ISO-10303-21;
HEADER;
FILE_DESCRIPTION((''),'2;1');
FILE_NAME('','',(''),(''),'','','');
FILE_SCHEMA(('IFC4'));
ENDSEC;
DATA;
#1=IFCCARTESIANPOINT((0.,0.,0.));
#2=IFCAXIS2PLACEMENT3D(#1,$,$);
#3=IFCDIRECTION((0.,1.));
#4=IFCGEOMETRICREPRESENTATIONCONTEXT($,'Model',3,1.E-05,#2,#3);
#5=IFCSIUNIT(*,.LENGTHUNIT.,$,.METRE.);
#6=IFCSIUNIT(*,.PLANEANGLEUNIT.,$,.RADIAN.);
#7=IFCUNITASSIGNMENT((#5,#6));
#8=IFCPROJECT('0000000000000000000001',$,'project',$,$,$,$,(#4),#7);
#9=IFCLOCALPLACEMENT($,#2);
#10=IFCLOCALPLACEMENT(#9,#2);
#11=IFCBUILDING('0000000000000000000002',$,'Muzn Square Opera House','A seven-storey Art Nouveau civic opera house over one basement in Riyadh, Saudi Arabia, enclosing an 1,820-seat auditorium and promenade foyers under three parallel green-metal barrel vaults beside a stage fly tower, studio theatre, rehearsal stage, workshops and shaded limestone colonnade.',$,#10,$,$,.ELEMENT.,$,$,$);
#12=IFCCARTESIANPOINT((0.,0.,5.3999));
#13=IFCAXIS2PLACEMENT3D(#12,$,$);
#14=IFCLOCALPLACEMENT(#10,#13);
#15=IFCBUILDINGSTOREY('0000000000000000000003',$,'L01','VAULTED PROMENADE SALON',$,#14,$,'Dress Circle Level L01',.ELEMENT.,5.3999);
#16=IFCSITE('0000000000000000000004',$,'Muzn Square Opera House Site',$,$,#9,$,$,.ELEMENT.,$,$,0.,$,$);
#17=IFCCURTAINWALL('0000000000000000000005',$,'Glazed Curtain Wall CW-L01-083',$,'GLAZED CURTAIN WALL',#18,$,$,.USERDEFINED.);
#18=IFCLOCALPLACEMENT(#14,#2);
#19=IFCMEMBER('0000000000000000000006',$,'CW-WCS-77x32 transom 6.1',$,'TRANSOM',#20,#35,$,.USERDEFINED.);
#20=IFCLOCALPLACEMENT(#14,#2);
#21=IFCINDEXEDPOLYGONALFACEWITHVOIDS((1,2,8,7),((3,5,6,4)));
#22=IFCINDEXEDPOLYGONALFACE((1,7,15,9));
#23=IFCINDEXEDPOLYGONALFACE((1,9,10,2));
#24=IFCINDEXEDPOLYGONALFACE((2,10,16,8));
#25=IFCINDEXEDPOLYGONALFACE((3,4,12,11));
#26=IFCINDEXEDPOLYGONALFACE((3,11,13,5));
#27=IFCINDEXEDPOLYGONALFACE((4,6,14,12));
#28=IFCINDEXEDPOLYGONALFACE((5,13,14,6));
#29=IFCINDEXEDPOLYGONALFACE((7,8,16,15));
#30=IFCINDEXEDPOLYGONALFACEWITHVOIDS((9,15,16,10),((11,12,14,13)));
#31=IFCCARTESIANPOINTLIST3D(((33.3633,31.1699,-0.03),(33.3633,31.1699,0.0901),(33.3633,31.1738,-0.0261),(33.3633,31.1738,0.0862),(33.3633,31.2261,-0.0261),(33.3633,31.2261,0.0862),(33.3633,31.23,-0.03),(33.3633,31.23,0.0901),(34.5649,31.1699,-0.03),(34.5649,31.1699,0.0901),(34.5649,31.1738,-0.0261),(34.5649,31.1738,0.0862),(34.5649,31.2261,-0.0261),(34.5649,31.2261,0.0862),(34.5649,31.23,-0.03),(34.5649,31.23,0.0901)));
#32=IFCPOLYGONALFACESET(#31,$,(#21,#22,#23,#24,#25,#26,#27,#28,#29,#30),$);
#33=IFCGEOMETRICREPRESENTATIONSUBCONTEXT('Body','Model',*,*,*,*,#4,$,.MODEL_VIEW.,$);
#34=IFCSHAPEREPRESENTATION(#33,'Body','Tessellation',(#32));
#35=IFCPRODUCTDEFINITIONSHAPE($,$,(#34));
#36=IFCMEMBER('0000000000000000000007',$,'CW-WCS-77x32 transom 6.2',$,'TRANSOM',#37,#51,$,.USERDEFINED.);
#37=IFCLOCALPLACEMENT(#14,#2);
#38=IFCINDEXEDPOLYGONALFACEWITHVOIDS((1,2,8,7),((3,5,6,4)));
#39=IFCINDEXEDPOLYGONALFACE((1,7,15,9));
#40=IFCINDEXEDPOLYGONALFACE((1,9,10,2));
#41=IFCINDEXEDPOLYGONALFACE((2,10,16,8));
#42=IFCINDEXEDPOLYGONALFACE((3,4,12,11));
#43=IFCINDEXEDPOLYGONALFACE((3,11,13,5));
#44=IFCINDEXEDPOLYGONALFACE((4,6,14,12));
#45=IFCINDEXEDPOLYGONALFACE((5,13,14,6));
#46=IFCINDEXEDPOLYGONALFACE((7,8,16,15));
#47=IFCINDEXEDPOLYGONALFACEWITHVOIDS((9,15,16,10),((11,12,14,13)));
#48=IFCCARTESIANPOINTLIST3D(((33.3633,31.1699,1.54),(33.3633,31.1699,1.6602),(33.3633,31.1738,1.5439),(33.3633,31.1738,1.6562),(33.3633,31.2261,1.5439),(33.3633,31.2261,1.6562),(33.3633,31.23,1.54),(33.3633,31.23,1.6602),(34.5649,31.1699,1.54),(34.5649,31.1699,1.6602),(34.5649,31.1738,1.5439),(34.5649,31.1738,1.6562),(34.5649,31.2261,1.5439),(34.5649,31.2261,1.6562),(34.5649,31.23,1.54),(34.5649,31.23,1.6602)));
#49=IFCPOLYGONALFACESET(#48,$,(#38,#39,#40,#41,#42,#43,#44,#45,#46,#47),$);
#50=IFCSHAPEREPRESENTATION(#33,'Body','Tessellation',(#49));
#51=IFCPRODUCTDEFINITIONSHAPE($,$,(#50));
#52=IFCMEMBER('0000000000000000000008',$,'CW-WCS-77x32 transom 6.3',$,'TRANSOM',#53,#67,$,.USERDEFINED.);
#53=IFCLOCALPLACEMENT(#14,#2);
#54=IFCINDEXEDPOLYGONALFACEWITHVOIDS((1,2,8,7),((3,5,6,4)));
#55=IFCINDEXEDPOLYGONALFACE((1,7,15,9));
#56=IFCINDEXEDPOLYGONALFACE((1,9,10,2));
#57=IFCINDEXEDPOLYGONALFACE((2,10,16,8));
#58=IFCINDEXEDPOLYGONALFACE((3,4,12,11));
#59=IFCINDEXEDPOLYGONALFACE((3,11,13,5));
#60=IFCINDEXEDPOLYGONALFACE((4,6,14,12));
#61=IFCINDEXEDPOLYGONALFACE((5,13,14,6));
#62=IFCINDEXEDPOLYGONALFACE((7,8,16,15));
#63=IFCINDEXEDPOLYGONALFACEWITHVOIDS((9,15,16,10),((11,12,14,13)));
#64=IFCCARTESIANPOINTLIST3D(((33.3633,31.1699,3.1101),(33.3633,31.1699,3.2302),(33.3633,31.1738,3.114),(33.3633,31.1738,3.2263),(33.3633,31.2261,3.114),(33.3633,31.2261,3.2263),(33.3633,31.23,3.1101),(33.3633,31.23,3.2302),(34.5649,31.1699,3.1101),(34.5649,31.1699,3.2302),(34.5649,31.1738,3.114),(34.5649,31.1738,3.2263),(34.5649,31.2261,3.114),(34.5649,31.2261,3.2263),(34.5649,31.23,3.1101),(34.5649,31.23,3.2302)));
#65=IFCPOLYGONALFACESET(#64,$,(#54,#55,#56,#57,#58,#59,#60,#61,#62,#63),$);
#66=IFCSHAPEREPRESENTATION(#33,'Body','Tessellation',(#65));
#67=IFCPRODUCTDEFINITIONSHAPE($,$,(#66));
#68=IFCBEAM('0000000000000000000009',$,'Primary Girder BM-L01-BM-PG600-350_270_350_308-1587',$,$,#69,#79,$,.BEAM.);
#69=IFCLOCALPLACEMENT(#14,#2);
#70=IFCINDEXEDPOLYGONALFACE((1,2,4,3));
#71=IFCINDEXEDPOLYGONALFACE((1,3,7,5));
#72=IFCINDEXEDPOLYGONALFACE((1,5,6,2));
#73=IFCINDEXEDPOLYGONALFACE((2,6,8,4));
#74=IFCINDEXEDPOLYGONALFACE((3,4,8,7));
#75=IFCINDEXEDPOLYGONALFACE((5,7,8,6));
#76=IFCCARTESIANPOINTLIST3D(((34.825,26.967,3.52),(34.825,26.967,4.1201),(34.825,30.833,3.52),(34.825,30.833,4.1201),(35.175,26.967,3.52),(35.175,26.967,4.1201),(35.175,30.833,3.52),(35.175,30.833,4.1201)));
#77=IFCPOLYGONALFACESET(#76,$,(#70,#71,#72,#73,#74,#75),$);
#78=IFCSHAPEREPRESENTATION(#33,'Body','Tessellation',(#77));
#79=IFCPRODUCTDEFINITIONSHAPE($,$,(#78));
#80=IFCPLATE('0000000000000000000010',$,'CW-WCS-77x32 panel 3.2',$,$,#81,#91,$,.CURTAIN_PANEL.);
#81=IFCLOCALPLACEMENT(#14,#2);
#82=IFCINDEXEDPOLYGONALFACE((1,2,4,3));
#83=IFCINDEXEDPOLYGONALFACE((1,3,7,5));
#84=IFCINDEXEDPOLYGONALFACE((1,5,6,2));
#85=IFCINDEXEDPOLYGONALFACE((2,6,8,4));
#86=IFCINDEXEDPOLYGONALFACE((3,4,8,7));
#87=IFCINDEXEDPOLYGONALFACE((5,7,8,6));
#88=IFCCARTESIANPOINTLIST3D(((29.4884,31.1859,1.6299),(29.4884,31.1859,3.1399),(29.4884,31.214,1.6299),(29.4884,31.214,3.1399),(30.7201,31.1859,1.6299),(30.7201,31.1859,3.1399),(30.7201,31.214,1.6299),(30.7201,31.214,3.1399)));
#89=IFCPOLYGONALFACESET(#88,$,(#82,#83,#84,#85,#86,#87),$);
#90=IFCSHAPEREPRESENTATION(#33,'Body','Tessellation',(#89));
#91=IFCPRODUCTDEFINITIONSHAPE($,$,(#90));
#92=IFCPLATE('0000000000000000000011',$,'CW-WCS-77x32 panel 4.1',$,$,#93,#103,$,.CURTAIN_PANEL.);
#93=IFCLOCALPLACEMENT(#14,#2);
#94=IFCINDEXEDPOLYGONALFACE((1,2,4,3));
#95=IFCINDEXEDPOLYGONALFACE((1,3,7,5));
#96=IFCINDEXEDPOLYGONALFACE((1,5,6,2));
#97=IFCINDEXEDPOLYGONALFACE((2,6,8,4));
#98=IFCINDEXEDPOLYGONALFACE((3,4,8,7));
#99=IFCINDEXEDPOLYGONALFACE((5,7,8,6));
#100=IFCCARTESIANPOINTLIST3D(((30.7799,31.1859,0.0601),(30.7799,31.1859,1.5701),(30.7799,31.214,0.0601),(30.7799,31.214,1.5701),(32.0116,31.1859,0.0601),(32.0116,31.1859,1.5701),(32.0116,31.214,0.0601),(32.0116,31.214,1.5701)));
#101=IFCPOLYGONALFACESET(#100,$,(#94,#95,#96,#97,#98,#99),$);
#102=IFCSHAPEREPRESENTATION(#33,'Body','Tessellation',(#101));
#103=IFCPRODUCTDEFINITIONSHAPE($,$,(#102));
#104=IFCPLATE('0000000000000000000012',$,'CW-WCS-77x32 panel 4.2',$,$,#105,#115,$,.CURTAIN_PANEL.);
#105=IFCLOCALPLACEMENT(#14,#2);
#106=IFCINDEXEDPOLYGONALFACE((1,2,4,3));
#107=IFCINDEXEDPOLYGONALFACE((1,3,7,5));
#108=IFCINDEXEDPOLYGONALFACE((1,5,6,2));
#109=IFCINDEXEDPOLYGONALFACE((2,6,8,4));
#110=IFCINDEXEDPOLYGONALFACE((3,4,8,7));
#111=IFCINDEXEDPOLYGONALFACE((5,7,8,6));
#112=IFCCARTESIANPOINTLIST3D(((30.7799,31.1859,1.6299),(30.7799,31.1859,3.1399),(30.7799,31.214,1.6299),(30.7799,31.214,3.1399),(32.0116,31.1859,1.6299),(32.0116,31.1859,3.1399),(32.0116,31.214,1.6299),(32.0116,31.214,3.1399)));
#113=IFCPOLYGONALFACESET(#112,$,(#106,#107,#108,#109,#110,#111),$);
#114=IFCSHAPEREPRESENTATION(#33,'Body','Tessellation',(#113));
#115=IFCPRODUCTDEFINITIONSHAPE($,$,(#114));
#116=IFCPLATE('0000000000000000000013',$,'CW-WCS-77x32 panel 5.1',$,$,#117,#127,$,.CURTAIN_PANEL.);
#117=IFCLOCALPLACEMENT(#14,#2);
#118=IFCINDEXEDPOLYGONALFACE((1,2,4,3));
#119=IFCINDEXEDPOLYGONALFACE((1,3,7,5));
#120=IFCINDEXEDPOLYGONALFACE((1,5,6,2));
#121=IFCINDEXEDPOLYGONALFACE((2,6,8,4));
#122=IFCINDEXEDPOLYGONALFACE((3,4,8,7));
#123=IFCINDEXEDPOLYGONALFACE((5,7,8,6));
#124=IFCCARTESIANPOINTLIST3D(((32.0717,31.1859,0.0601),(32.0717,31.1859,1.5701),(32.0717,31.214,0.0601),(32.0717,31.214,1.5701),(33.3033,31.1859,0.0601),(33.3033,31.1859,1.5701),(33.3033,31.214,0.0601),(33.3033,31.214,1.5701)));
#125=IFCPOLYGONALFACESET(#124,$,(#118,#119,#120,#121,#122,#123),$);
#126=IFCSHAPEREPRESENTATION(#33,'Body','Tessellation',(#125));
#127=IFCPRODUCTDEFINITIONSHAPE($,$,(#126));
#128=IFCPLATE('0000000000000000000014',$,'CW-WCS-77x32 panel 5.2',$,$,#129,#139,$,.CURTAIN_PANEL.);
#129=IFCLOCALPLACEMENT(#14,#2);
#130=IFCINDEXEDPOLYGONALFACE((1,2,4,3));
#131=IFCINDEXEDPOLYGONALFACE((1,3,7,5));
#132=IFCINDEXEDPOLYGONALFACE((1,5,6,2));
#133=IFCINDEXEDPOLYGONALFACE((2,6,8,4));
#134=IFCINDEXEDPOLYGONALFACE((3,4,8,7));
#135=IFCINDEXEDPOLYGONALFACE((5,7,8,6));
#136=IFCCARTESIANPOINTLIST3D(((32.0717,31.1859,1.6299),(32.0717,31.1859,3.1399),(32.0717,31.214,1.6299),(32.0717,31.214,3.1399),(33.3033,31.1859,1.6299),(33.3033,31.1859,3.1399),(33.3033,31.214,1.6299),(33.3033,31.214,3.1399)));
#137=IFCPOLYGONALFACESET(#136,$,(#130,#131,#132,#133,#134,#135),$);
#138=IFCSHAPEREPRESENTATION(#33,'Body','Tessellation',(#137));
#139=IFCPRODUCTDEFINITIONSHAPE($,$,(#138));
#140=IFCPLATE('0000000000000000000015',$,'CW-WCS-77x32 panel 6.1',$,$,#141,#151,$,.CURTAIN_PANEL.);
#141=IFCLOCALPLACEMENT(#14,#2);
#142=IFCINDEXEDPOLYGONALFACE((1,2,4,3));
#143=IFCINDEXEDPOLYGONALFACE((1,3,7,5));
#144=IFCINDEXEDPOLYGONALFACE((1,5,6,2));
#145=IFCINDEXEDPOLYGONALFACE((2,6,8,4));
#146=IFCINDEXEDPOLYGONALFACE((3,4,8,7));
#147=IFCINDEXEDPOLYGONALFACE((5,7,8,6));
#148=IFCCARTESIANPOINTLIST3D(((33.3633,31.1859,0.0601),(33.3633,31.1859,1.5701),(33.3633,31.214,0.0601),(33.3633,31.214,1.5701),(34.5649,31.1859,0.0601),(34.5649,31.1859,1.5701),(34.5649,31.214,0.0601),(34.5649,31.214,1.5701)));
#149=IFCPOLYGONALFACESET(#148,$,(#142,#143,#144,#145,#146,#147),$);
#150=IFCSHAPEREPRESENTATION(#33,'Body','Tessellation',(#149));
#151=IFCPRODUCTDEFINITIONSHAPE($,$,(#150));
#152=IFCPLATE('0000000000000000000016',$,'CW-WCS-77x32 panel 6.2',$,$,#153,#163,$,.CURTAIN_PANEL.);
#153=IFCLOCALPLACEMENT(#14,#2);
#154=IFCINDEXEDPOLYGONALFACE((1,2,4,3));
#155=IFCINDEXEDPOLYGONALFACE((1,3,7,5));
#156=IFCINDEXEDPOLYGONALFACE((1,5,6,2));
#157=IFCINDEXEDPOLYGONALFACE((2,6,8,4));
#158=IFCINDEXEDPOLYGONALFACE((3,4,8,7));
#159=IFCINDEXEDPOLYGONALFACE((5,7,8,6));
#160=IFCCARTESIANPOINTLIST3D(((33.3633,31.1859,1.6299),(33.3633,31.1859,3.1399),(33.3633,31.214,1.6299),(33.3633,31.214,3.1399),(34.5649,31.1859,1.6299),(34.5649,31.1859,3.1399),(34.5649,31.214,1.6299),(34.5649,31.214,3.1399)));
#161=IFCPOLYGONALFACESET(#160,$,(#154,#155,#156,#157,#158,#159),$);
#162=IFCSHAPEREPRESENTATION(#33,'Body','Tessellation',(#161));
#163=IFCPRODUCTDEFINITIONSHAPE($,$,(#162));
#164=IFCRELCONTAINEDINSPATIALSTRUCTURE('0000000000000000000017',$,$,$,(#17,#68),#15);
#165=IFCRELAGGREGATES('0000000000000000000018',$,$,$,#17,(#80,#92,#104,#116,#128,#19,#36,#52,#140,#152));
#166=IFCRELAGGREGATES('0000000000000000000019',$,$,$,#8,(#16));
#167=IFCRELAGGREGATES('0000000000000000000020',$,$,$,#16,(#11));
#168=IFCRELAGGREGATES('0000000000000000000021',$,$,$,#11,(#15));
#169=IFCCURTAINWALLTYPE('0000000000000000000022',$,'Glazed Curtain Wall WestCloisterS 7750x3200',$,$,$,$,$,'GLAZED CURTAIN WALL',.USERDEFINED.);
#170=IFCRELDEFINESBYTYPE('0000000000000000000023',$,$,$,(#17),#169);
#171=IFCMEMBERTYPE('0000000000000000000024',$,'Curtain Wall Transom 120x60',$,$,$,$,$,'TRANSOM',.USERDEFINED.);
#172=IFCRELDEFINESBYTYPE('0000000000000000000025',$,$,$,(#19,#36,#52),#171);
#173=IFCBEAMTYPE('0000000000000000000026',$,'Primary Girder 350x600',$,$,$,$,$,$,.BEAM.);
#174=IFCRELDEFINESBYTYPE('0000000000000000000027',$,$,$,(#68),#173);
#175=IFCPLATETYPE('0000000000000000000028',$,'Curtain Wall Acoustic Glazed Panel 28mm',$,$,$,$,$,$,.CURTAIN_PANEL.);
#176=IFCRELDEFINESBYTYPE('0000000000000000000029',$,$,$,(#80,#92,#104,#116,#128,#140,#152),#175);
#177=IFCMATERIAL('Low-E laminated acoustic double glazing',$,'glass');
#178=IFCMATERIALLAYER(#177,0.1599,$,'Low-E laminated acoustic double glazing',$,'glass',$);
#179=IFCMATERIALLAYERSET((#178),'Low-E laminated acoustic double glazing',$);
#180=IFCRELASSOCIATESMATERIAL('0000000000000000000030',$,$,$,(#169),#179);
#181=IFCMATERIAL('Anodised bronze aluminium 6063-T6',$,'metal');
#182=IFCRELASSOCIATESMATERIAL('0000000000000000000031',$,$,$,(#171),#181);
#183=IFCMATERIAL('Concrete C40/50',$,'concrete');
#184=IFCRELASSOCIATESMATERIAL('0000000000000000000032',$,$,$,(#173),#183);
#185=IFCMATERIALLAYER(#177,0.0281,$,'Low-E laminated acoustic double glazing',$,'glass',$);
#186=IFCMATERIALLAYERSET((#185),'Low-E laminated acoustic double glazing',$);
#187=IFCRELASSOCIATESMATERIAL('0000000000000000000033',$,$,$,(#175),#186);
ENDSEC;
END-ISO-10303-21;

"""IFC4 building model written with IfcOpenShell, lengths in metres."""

from ifc_helpers import new_model, si_unit, direction, frame, origin, origin_2d, place, context, subcontext, project, spatial, rectangle, hollow_rectangle, extrude, material, layer, layer_set, material_profile, profile_set, type_object, element, aggregate, save


model = new_model("IFC4")

# Units and contexts
model_context = context("Model", 3, precision=1e-05, world=origin(), true_north=direction((0.0, 1.0)))
body_context = subcontext(model_context, "Body", "Model", "MODEL_VIEW")
ifc_project = project(units=[si_unit("LENGTHUNIT", "METRE"), si_unit("PLANEANGLEUNIT", "RADIAN")], contexts=[model_context])

# Site, building, storey
site_placement = place(None, origin())
site = spatial("IfcSite", under=ifc_project, at=site_placement, Name="Muzn Square Opera House Site", CompositionType="ELEMENT", RefElevation=0.0)
building_placement = place(site_placement, origin())
building = spatial("IfcBuilding", under=site, at=building_placement, Name="Muzn Square Opera House", Description="A seven-storey Art Nouveau civic opera house over one basement in Riyadh, Saudi Arabia, enclosing an 1,820-seat auditorium and promenade foyers under three parallel green-metal barrel vaults beside a stage fly tower, studio theatre, rehearsal stage, workshops and shaded limestone colonnade.", CompositionType="ELEMENT")
storey_placement = place(building_placement, frame((0.0, 0.0, 5.3999)))
storey = spatial("IfcBuildingStorey", under=building, at=storey_placement, Name="L01", Description="VAULTED PROMENADE SALON", LongName="Dress Circle Level L01", CompositionType="ELEMENT", Elevation=5.3999)

# Curtain wall, members
ifc_material_1 = material(Name="Low-E laminated acoustic double glazing", Category="glass")
ifc_layer_1 = layer(ifc_material_1, 0.1599, Name="Low-E laminated acoustic double glazing", Category="glass")
ifc_layer_set_1 = layer_set([ifc_layer_1], Name="Low-E laminated acoustic double glazing")
curtain_wall_type = type_object("IfcCurtainWallType", Name="Glazed Curtain Wall WestCloisterS 7750x3200", ElementType="GLAZED CURTAIN WALL", PredefinedType="USERDEFINED", material=ifc_layer_set_1)
curtain_wall_placement = place(storey_placement, origin())
curtain_wall = element("IfcCurtainWall", 1, at=curtain_wall_placement, inside=storey, type_object=curtain_wall_type, Name="Glazed Curtain Wall CW-L01-083", ObjectType="GLAZED CURTAIN WALL", PredefinedType="USERDEFINED")
ifc_material_2 = material(Name="Anodised bronze aluminium 6063-T6", Category="metal")
ifc_material_profile_1 = material_profile(ifc_material_2, hollow_rectangle(XDim=0.0601, YDim=0.1201, WallThickness=0.0039, at=origin_2d()), Name="ALU 120x60x4", Category="metal")
ifc_profile_set_1 = profile_set([ifc_material_profile_1], Name="Anodised bronze aluminium 6063-T6")
member_type_1 = type_object("IfcMemberType", Name="Curtain Wall Transom 120x60", ElementType="TRANSOM", PredefinedType="USERDEFINED", material=ifc_profile_set_1)
member_1_placement = place(storey_placement, frame((33.3633, 31.2, 0.03), z_axis=(1.0, 0.0, 0.0), x_axis=(0.0, 1.0, 0.0)))
member_1 = element("IfcMember", 2, at=member_1_placement, type_object=member_type_1, Name="CW-WCS-77x32 transom 6.1", ObjectType="TRANSOM", PredefinedType="USERDEFINED", context=body_context, shape_type="SweptSolid", body=[
    extrude(hollow_rectangle(XDim=0.0601, YDim=0.1201, WallThickness=0.0039, at=origin_2d()), origin(), (0.0, 0.0, 1.0), 1.2017),
])
member_2_placement = place(storey_placement, frame((33.3633, 31.2, 1.6001), z_axis=(1.0, 0.0, 0.0), x_axis=(0.0, 1.0, 0.0)))
member_2 = element("IfcMember", 3, at=member_2_placement, type_object=member_type_1, Name="CW-WCS-77x32 transom 6.2", ObjectType="TRANSOM", PredefinedType="USERDEFINED", context=body_context, shape_type="SweptSolid", body=[
    extrude(hollow_rectangle(XDim=0.0601, YDim=0.1201, WallThickness=0.0039, at=origin_2d()), origin(), (0.0, 0.0, 1.0), 1.2017),
])
member_3_placement = place(storey_placement, frame((33.3633, 31.2, 3.1702), z_axis=(1.0, 0.0, 0.0), x_axis=(0.0, 1.0, 0.0)))
member_3 = element("IfcMember", 4, at=member_3_placement, type_object=member_type_1, Name="CW-WCS-77x32 transom 6.3", ObjectType="TRANSOM", PredefinedType="USERDEFINED", context=body_context, shape_type="SweptSolid", body=[
    extrude(hollow_rectangle(XDim=0.0601, YDim=0.1201, WallThickness=0.0039, at=origin_2d()), origin(), (0.0, 0.0, 1.0), 1.2017),
])

# Beam
ifc_material_3 = material(Name="Concrete C40/50", Category="concrete")
ifc_material_profile_2 = material_profile(ifc_material_3, rectangle(XDim=0.3501, YDim=0.6001, at=origin_2d()), Name="RCB 350x600", Category="concrete")
ifc_profile_set_2 = profile_set([ifc_material_profile_2], Name="Concrete C40/50")
beam_type = type_object("IfcBeamType", Name="Primary Girder 350x600", PredefinedType="BEAM", material=ifc_profile_set_2)
beam_placement = place(storey_placement, frame((35.0, 26.967, 3.8201), z_axis=(0.0, 1.0, 0.0), x_axis=(-1.0, 0.0, 0.0)))
element("IfcBeam", 5, at=beam_placement, inside=storey, type_object=beam_type, Name="Primary Girder BM-L01-BM-PG600-350_270_350_308-1587", PredefinedType="BEAM", context=body_context, shape_type="SweptSolid", body=[
    extrude(rectangle(XDim=0.3501, YDim=0.6001, at=origin_2d()), origin(), (0.0, 0.0, 1.0), 3.866),
])

# Plates
ifc_layer_2 = layer(ifc_material_1, 0.0281, Name="Low-E laminated acoustic double glazing", Category="glass")
ifc_layer_set_2 = layer_set([ifc_layer_2], Name="Low-E laminated acoustic double glazing")
plate_type = type_object("IfcPlateType", Name="Curtain Wall Acoustic Glazed Panel 28mm", PredefinedType="CURTAIN_PANEL", material=ifc_layer_set_2)
plate_1_placement = place(storey_placement, frame((30.1042, 31.2, 1.6299), z_axis=(0.0, 0.0, 1.0), x_axis=(1.0, 0.0, 0.0)))
plate_1 = element("IfcPlate", 6, at=plate_1_placement, type_object=plate_type, Name="CW-WCS-77x32 panel 3.2", PredefinedType="CURTAIN_PANEL", context=body_context, shape_type="SweptSolid", body=[
    extrude(rectangle(XDim=1.2317, YDim=0.0281, at=origin_2d()), origin(), (0.0, 0.0, 1.0), 1.51),
])
plate_2_placement = place(storey_placement, frame((31.3958, 31.2, 0.0601), z_axis=(0.0, 0.0, 1.0), x_axis=(1.0, 0.0, 0.0)))
plate_2 = element("IfcPlate", 7, at=plate_2_placement, type_object=plate_type, Name="CW-WCS-77x32 panel 4.1", PredefinedType="CURTAIN_PANEL", context=body_context, shape_type="SweptSolid", body=[
    extrude(rectangle(XDim=1.2317, YDim=0.0281, at=origin_2d()), origin(), (0.0, 0.0, 1.0), 1.51),
])
plate_3_placement = place(storey_placement, frame((31.3958, 31.2, 1.6299), z_axis=(0.0, 0.0, 1.0), x_axis=(1.0, 0.0, 0.0)))
plate_3 = element("IfcPlate", 8, at=plate_3_placement, type_object=plate_type, Name="CW-WCS-77x32 panel 4.2", PredefinedType="CURTAIN_PANEL", context=body_context, shape_type="SweptSolid", body=[
    extrude(rectangle(XDim=1.2317, YDim=0.0281, at=origin_2d()), origin(), (0.0, 0.0, 1.0), 1.51),
])
plate_4_placement = place(storey_placement, frame((32.6875, 31.2, 0.0601), z_axis=(0.0, 0.0, 1.0), x_axis=(1.0, 0.0, 0.0)))
plate_4 = element("IfcPlate", 9, at=plate_4_placement, type_object=plate_type, Name="CW-WCS-77x32 panel 5.1", PredefinedType="CURTAIN_PANEL", context=body_context, shape_type="SweptSolid", body=[
    extrude(rectangle(XDim=1.2317, YDim=0.0281, at=origin_2d()), origin(), (0.0, 0.0, 1.0), 1.51),
])
plate_5_placement = place(storey_placement, frame((32.6875, 31.2, 1.6299), z_axis=(0.0, 0.0, 1.0), x_axis=(1.0, 0.0, 0.0)))
plate_5 = element("IfcPlate", 10, at=plate_5_placement, type_object=plate_type, Name="CW-WCS-77x32 panel 5.2", PredefinedType="CURTAIN_PANEL", context=body_context, shape_type="SweptSolid", body=[
    extrude(rectangle(XDim=1.2317, YDim=0.0281, at=origin_2d()), origin(), (0.0, 0.0, 1.0), 1.51),
])
plate_6_placement = place(storey_placement, frame((33.9641, 31.2, 0.0601), z_axis=(0.0, 0.0, 1.0), x_axis=(1.0, 0.0, 0.0)))
plate_6 = element("IfcPlate", 11, at=plate_6_placement, type_object=plate_type, Name="CW-WCS-77x32 panel 6.1", PredefinedType="CURTAIN_PANEL", context=body_context, shape_type="SweptSolid", body=[
    extrude(rectangle(XDim=1.2017, YDim=0.0281, at=origin_2d()), origin(), (0.0, 0.0, 1.0), 1.51),
])
plate_7_placement = place(storey_placement, frame((33.9641, 31.2, 1.6299), z_axis=(0.0, 0.0, 1.0), x_axis=(1.0, 0.0, 0.0)))
plate_7 = element("IfcPlate", 12, at=plate_7_placement, type_object=plate_type, Name="CW-WCS-77x32 panel 6.2", PredefinedType="CURTAIN_PANEL", context=body_context, shape_type="SweptSolid", body=[
    extrude(rectangle(XDim=1.2017, YDim=0.0281, at=origin_2d()), origin(), (0.0, 0.0, 1.0), 1.51),
])
aggregate(curtain_wall, [plate_1, plate_2, plate_3, plate_4, plate_5, member_1, member_2, member_3, plate_6, plate_7])

save(model, "model.ifc")
